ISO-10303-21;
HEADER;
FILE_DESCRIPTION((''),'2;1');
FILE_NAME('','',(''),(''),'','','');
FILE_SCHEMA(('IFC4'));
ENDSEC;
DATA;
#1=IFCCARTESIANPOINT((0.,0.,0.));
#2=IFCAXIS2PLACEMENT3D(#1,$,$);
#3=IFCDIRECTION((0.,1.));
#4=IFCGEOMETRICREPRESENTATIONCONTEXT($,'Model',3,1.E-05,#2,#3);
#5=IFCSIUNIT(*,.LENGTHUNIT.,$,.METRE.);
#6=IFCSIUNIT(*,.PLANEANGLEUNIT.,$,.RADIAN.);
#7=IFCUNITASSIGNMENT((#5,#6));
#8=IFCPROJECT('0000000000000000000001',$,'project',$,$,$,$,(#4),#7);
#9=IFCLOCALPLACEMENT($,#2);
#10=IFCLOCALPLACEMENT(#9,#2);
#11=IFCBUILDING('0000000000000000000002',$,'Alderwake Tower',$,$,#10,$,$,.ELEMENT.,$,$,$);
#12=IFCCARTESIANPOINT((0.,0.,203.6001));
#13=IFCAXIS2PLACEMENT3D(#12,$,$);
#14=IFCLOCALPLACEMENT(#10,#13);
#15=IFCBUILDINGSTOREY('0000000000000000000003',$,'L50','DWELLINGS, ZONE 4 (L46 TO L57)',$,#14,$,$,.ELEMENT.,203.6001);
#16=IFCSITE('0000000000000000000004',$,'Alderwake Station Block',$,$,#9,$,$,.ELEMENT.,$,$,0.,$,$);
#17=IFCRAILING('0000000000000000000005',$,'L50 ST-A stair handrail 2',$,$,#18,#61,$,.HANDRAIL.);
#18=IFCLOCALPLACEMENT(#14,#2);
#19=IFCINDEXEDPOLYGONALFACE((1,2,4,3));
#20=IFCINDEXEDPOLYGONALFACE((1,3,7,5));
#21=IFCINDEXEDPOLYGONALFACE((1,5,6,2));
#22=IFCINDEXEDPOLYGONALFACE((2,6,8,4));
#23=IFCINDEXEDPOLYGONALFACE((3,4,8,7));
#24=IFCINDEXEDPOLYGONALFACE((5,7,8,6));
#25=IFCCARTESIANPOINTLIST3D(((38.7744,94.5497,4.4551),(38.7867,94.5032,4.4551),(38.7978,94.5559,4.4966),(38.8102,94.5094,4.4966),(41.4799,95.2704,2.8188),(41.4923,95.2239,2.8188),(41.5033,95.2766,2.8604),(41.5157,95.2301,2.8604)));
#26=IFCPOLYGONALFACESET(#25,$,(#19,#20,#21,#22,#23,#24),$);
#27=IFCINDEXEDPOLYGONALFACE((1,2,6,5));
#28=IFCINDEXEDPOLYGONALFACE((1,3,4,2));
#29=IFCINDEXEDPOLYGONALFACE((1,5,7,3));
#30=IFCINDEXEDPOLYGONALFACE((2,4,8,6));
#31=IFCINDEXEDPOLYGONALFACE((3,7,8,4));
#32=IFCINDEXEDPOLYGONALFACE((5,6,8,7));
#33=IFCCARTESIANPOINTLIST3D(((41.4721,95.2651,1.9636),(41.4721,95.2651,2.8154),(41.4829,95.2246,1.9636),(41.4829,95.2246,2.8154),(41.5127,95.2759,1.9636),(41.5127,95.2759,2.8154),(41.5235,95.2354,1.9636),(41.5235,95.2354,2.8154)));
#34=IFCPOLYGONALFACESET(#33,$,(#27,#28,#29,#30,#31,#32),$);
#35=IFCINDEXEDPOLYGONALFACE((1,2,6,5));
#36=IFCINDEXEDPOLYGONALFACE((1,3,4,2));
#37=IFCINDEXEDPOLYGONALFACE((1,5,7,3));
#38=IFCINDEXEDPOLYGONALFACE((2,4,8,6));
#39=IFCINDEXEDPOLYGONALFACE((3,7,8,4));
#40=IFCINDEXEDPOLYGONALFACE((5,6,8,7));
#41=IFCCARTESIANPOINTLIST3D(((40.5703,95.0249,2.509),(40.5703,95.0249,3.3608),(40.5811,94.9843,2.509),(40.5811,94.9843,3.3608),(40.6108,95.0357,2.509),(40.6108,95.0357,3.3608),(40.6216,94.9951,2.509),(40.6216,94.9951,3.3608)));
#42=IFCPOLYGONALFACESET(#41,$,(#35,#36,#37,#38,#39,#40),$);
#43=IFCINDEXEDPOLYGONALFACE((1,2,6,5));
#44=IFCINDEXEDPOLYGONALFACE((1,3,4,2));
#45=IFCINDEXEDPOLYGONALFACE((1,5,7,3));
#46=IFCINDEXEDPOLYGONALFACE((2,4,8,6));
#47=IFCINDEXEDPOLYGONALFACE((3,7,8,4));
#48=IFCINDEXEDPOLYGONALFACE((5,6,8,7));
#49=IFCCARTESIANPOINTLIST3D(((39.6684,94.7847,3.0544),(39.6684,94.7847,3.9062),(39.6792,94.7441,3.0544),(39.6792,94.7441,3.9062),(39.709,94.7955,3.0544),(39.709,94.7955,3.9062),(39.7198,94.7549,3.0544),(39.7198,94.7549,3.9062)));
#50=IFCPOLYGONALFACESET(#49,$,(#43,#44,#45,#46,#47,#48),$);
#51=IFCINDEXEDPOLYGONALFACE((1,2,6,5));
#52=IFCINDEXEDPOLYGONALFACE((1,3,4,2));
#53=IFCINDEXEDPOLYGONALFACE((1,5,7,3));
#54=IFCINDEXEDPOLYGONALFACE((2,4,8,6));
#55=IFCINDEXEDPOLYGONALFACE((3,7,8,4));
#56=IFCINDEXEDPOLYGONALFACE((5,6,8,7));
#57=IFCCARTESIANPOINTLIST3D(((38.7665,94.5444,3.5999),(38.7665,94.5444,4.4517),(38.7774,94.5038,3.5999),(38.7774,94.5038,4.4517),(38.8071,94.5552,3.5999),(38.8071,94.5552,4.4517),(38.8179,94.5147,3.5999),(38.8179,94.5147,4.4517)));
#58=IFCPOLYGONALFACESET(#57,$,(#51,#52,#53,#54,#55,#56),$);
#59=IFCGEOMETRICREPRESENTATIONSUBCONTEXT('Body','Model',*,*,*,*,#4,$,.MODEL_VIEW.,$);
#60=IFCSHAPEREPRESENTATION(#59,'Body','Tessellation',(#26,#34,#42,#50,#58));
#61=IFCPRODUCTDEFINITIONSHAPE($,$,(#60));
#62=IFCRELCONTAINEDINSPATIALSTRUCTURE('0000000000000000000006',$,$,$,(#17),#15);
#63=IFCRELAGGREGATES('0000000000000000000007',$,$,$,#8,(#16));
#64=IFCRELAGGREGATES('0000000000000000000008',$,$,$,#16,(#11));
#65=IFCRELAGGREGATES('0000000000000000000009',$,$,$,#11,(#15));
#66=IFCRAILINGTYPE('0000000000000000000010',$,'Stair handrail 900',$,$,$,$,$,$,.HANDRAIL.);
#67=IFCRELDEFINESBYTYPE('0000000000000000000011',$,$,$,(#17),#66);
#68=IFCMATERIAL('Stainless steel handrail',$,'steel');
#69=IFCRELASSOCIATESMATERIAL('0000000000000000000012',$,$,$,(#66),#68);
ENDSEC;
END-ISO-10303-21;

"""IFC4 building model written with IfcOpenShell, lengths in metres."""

from ifc_helpers import new_model, si_unit, direction, frame, origin, origin_2d, place, context, subcontext, project, spatial, rectangle, extrude, material, type_object, element, save


model = new_model("IFC4")

# Units and contexts
model_context = context("Model", 3, precision=1e-05, world=origin(), true_north=direction((0.0, 1.0)))
body_context = subcontext(model_context, "Body", "Model", "MODEL_VIEW")
ifc_project = project(units=[si_unit("LENGTHUNIT", "METRE"), si_unit("PLANEANGLEUNIT", "RADIAN")], contexts=[model_context])

# Site, building, storey
site_placement = place(None, origin())
site = spatial("IfcSite", under=ifc_project, at=site_placement, Name="Alderwake Station Block", CompositionType="ELEMENT", RefElevation=0.0)
building_placement = place(site_placement, origin())
building = spatial("IfcBuilding", under=site, at=building_placement, Name="Alderwake Tower", CompositionType="ELEMENT")
storey_placement = place(building_placement, frame((0.0, 0.0, 203.6001)))
storey = spatial("IfcBuildingStorey", under=building, at=storey_placement, Name="L50", Description="DWELLINGS, ZONE 4 (L46 TO L57)", CompositionType="ELEMENT", Elevation=203.6001)

# Railing
ifc_material_1 = material(Name="Stainless steel handrail", Category="steel")
railing_type_1 = type_object("IfcRailingType", Name="Stair handrail 900", PredefinedType="HANDRAIL", material=ifc_material_1)
railing_1_placement = place(storey_placement, frame((41.4978, 95.2502, 1.9636)))
element("IfcRailing", 1, at=railing_1_placement, inside=storey, type_object=railing_type_1, Name="L50 ST-A stair handrail 2", PredefinedType="HANDRAIL", context=body_context, shape_type="SweptSolid", body=[
    extrude(rectangle(XDim=0.0481, YDim=0.0481, at=origin_2d()), frame((0.0, 0.0, 0.876), z_axis=(-0.834291, -0.222237, 0.504549), x_axis=(0.257402, -0.966304, 0.0)), (0.0, 0.0, 1.0), 3.2429),
    extrude(rectangle(XDim=0.042, YDim=0.042, at=origin_2d()), frame((0.0, 0.0, 0.0), z_axis=(0.0, 0.0, 1.0), x_axis=(-0.966304, -0.257402, 0.0)), (0.0, 0.0, 1.0), 0.8518),
    extrude(rectangle(XDim=0.042, YDim=0.042, at=origin_2d()), frame((-0.9019, -0.2402, 0.5454), z_axis=(0.0, 0.0, 1.0), x_axis=(-0.966304, -0.257402, 0.0)), (0.0, 0.0, 1.0), 0.8518),
    extrude(rectangle(XDim=0.042, YDim=0.042, at=origin_2d()), frame((-1.8037, -0.4805, 1.0908), z_axis=(0.0, 0.0, 1.0), x_axis=(-0.966304, -0.257402, 0.0)), (0.0, 0.0, 1.0), 0.8518),
    extrude(rectangle(XDim=0.042, YDim=0.042, at=origin_2d()), frame((-2.7056, -0.7207, 1.6362), z_axis=(0.0, 0.0, 1.0), x_axis=(-0.966304, -0.257402, 0.0)), (0.0, 0.0, 1.0), 0.8518),
])

save(model, "model.ifc")
